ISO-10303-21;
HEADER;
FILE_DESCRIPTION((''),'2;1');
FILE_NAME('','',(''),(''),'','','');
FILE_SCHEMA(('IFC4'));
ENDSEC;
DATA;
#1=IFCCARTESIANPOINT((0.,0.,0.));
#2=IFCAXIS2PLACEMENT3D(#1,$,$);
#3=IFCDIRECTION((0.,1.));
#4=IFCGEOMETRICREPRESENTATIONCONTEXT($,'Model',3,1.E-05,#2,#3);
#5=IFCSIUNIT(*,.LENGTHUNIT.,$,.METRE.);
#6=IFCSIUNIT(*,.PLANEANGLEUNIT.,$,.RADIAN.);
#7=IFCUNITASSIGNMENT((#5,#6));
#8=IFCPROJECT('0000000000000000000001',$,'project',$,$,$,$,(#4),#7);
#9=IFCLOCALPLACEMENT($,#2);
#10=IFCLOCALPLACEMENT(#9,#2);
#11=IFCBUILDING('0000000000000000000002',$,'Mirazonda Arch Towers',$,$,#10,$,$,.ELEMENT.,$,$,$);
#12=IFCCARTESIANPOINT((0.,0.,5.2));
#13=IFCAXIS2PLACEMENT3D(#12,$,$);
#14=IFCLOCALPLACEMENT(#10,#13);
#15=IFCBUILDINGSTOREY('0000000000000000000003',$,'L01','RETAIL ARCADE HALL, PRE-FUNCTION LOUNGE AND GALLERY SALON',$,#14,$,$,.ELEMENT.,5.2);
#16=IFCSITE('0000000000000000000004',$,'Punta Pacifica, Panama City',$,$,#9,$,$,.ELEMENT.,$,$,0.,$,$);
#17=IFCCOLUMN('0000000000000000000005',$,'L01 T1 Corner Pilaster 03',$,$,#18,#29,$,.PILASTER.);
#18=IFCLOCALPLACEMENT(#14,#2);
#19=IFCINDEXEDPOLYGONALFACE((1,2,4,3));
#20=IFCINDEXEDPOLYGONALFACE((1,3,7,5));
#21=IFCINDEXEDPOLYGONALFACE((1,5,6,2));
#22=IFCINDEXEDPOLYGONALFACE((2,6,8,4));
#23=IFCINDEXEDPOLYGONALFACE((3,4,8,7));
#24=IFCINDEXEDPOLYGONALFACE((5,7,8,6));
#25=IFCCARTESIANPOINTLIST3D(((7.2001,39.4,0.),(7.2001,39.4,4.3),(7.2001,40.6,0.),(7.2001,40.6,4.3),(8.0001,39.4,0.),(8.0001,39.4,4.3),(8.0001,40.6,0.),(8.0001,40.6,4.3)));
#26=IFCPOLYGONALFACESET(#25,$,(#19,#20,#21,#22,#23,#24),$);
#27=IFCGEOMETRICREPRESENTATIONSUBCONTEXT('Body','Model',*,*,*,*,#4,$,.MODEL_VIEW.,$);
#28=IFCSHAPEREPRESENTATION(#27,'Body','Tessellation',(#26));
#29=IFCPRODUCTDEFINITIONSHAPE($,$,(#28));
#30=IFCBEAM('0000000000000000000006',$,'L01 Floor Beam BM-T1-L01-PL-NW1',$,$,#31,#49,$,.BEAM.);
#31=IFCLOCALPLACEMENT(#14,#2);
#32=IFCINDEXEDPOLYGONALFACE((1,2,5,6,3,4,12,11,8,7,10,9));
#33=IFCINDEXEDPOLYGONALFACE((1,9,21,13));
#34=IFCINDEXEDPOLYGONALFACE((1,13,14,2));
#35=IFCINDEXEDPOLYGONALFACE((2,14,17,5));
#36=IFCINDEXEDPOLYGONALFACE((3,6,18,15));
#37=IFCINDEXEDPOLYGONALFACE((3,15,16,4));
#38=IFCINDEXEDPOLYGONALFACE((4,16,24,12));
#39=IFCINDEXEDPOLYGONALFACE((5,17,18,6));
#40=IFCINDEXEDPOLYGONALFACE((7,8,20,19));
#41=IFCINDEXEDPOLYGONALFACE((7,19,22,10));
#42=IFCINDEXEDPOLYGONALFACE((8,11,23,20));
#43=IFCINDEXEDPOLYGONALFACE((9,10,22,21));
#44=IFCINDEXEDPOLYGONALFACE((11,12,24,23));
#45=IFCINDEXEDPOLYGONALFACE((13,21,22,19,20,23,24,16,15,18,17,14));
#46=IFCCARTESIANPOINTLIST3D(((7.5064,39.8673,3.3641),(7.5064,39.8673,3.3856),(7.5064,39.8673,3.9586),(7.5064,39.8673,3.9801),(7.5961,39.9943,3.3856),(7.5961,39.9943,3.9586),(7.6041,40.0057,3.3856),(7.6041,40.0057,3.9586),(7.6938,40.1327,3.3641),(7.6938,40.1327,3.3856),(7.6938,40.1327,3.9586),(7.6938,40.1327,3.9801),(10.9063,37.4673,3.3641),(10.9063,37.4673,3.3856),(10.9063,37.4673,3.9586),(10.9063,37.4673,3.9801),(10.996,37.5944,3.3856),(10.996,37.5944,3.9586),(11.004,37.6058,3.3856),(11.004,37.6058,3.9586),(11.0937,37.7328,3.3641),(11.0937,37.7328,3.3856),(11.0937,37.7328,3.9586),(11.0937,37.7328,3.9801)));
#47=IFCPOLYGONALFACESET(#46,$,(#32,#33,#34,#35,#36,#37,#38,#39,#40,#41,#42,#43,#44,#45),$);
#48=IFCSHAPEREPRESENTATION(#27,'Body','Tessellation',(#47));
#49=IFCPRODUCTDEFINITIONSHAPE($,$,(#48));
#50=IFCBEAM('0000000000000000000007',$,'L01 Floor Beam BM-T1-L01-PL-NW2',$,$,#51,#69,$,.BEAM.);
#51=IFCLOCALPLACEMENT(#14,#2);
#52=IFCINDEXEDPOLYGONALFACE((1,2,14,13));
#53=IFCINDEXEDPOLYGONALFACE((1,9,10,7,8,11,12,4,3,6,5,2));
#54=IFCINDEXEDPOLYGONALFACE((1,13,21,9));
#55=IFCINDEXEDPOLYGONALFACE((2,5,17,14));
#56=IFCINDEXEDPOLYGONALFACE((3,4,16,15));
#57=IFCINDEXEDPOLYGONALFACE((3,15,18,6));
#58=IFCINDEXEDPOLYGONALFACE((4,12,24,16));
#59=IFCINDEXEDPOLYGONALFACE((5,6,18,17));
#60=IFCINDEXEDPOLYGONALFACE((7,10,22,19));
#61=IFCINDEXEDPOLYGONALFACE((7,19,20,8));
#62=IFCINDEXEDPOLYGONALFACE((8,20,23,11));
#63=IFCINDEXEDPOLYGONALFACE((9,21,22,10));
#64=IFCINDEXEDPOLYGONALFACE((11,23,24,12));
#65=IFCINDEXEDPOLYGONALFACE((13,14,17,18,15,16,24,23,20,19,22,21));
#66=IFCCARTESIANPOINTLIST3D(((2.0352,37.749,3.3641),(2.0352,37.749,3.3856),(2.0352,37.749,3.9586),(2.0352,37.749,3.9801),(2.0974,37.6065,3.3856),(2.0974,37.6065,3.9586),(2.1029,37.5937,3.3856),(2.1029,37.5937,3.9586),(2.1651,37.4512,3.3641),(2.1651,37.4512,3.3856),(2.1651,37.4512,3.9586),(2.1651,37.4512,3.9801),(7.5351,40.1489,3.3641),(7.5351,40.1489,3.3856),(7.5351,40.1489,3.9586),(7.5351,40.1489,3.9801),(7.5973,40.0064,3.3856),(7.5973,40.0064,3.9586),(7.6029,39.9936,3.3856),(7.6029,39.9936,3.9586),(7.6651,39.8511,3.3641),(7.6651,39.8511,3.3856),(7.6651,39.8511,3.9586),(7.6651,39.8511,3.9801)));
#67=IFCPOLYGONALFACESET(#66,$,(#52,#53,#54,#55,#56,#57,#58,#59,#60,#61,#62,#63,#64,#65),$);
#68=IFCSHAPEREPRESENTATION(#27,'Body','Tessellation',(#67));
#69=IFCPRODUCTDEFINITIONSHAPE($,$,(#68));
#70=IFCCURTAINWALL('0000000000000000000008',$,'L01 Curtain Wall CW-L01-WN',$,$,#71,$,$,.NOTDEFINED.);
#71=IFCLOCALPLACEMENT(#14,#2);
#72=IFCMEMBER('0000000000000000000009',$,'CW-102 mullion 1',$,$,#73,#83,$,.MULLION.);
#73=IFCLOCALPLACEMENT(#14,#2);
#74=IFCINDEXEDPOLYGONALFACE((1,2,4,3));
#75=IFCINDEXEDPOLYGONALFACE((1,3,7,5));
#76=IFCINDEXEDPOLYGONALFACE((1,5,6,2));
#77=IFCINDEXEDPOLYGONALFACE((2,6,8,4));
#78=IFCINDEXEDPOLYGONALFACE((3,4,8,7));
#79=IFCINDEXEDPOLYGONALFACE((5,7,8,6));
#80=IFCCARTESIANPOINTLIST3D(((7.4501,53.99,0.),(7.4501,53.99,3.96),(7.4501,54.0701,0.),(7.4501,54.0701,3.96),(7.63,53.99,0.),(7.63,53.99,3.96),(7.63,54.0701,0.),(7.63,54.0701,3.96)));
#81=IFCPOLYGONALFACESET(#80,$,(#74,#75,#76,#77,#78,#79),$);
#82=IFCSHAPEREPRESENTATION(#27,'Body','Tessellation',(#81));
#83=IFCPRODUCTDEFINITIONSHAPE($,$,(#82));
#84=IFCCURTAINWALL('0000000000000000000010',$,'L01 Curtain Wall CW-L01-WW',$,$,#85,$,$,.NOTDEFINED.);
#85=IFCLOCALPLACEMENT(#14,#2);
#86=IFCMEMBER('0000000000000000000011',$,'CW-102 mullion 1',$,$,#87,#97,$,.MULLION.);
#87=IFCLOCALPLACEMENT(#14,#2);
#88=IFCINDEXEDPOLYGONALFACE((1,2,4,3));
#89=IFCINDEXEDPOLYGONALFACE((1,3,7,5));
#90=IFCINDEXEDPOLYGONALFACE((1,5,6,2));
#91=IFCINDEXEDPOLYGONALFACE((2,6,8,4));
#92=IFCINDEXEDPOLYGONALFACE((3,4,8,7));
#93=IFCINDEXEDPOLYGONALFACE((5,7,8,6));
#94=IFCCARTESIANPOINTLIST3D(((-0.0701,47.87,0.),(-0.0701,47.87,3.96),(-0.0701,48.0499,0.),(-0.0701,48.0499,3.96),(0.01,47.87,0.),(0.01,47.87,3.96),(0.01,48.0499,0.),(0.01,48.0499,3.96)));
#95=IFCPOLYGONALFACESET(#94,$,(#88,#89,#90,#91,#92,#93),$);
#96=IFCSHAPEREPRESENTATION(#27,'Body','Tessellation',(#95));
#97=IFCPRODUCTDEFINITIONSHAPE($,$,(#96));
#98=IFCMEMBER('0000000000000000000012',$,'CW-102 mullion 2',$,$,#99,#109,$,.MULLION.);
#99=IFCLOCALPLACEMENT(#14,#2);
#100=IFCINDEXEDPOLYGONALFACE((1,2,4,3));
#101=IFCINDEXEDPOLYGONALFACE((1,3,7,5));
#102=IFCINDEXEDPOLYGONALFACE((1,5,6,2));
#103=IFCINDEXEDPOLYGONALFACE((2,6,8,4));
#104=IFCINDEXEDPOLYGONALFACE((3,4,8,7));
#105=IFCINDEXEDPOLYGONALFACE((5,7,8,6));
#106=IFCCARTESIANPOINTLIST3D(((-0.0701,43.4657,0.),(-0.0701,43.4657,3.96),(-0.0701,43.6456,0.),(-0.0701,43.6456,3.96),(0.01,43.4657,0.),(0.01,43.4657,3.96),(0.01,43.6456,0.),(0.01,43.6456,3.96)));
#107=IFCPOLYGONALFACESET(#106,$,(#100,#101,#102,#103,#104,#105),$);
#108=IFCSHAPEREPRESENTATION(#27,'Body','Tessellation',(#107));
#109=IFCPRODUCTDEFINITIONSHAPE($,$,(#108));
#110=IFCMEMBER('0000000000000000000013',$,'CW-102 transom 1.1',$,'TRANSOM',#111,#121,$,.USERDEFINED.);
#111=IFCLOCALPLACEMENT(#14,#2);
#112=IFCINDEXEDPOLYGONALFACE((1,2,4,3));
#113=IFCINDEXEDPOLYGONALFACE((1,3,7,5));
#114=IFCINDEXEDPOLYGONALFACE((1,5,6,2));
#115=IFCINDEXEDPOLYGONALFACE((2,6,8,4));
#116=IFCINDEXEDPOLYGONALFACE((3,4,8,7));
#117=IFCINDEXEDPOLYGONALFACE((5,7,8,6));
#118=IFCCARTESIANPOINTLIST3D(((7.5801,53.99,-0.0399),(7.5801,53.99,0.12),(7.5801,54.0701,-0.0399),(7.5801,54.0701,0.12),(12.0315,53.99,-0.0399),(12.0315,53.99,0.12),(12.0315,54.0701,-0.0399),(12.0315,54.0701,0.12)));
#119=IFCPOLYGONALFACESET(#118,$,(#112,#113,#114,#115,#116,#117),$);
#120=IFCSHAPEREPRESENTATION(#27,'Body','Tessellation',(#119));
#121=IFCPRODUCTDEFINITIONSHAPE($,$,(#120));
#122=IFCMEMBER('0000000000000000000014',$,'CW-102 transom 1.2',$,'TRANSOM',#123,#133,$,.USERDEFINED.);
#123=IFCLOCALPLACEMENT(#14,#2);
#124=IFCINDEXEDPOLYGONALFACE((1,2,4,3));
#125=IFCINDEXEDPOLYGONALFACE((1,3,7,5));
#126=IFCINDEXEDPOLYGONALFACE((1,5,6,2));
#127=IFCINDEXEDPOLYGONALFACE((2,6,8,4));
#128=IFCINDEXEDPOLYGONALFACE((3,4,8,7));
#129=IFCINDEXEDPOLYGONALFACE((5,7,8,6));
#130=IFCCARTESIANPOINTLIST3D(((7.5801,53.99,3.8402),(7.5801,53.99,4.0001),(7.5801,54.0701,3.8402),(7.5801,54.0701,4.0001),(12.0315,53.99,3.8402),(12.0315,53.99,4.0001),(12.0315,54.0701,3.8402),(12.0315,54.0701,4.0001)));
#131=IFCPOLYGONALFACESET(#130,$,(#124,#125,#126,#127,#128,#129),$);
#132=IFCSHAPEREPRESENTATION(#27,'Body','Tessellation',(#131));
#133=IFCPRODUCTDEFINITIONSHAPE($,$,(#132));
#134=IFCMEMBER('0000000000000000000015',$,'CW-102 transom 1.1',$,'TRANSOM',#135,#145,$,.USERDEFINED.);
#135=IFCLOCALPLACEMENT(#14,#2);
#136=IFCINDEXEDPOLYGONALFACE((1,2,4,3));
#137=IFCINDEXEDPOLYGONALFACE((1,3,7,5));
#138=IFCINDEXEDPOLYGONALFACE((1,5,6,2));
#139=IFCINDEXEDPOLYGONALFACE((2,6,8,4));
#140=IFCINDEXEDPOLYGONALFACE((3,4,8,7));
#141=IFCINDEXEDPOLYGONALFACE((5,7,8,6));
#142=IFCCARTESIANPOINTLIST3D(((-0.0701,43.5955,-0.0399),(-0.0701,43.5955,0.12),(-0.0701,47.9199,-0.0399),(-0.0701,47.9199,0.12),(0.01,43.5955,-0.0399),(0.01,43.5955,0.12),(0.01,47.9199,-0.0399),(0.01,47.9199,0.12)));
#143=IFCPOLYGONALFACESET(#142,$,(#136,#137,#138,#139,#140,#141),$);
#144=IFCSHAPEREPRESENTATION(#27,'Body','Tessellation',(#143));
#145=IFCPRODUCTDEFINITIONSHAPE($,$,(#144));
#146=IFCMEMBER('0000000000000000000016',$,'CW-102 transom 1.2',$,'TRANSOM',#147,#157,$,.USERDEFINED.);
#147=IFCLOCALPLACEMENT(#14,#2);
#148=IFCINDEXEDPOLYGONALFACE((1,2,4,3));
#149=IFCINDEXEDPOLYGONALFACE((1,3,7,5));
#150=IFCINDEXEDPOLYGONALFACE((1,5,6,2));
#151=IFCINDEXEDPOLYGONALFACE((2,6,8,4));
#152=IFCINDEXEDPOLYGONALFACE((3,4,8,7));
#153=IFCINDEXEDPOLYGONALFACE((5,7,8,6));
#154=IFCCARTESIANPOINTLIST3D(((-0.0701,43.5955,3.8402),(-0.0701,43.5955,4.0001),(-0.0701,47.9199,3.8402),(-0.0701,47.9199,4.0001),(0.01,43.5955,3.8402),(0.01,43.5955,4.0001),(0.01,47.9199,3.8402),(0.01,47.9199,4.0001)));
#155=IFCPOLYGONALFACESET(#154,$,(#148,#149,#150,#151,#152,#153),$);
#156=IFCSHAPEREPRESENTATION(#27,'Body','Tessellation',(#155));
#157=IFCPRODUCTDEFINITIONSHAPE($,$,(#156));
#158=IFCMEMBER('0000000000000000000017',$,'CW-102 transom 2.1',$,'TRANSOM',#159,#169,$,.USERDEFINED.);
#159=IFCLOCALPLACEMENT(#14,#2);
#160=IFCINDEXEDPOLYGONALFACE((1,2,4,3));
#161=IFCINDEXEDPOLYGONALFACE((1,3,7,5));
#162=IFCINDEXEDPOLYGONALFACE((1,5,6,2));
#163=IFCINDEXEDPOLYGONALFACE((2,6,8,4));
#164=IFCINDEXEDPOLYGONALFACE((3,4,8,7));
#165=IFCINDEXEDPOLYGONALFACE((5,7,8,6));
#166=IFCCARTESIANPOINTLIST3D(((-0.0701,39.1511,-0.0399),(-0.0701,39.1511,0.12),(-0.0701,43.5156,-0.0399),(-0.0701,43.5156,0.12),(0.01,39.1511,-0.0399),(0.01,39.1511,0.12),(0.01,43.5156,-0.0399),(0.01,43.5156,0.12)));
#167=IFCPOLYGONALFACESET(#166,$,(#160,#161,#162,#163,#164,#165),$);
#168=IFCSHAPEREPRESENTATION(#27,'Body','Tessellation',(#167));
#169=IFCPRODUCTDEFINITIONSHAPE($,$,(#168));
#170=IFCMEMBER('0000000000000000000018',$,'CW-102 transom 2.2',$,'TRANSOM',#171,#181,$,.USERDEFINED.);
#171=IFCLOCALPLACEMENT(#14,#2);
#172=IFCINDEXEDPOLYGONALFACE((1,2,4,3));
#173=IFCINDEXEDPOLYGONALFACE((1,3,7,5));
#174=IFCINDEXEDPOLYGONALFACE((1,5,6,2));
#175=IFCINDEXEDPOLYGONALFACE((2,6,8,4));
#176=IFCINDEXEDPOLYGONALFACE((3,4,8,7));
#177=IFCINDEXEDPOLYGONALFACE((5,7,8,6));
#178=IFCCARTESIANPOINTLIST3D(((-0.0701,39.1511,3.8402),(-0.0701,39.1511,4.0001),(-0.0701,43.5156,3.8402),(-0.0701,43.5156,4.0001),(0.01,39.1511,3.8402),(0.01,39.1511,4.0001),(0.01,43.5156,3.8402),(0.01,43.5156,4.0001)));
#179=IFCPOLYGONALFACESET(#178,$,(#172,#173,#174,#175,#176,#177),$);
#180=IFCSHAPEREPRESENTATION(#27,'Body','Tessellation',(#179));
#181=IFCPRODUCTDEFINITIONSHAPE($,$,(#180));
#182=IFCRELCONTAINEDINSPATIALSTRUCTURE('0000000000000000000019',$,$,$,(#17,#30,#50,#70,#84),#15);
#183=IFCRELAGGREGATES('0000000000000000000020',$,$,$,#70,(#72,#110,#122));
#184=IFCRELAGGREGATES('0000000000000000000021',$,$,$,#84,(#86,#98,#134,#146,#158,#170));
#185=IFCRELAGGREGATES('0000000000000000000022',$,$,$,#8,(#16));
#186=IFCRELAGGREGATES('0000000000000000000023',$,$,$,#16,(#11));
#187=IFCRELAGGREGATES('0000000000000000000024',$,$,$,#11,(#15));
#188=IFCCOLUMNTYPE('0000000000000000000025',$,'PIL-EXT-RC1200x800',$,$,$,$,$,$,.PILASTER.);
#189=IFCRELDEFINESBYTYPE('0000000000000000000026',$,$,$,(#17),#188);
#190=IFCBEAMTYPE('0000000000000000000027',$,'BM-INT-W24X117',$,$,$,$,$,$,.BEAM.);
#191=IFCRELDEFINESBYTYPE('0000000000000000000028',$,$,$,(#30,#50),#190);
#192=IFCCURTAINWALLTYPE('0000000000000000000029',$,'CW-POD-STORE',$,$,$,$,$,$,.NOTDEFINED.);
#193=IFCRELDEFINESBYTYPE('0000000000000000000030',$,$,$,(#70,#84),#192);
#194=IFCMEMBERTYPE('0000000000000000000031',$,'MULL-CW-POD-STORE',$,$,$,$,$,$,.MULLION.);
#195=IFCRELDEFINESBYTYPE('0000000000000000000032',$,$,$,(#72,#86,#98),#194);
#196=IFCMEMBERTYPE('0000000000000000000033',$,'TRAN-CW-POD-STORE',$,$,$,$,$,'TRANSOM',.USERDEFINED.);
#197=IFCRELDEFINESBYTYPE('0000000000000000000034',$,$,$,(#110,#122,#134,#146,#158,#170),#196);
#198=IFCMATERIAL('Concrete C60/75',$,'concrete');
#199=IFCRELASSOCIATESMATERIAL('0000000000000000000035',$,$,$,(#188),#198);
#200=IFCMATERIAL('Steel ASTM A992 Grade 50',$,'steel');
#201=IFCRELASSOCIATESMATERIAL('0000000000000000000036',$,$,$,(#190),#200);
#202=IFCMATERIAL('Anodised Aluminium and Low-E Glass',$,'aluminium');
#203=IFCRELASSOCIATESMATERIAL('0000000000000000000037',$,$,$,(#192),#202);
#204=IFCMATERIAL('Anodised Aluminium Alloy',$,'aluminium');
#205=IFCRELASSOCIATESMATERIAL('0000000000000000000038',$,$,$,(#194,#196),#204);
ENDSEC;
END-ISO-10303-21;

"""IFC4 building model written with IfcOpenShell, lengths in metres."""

from ifc_helpers import new_model, si_unit, direction, frame, origin, origin_2d, place, context, subcontext, project, spatial, rectangle, i_section, extrude, material, material_profile, profile_set, type_object, element, aggregate, save


model = new_model("IFC4")

# Units and contexts
model_context = context("Model", 3, precision=1e-05, world=origin(), true_north=direction((0.0, 1.0)))
body_context = subcontext(model_context, "Body", "Model", "MODEL_VIEW")
ifc_project = project(units=[si_unit("LENGTHUNIT", "METRE"), si_unit("PLANEANGLEUNIT", "RADIAN")], contexts=[model_context])

# Site, building, storey
site_placement = place(None, origin())
site = spatial("IfcSite", under=ifc_project, at=site_placement, Name="Punta Pacifica, Panama City", CompositionType="ELEMENT", RefElevation=0.0)
building_placement = place(site_placement, origin())
building = spatial("IfcBuilding", under=site, at=building_placement, Name="Mirazonda Arch Towers", CompositionType="ELEMENT")
storey_placement = place(building_placement, frame((0.0, 0.0, 5.2)))
storey = spatial("IfcBuildingStorey", under=building, at=storey_placement, Name="L01", Description="RETAIL ARCADE HALL, PRE-FUNCTION LOUNGE AND GALLERY SALON", CompositionType="ELEMENT", Elevation=5.2)

# Column
ifc_material_1 = material(Name="Concrete C60/75", Category="concrete")
ifc_material_profile_1 = material_profile(ifc_material_1, rectangle(XDim=0.8, YDim=1.2, at=origin_2d()), Name="RC1200x800")
ifc_profile_set_1 = profile_set([ifc_material_profile_1], Name="Concrete C60/75")
column_type = type_object("IfcColumnType", Name="PIL-EXT-RC1200x800", PredefinedType="PILASTER", material=ifc_profile_set_1)
column_placement = place(storey_placement, frame((7.6001, 40.0, 0.0), z_axis=(0.0, 0.0, 1.0), x_axis=(1.0, 0.0, 0.0)))
element("IfcColumn", 1, at=column_placement, inside=storey, type_object=column_type, Name="L01 T1 Corner Pilaster 03", PredefinedType="PILASTER", context=body_context, shape_type="SweptSolid", body=[
    extrude(rectangle(XDim=0.8, YDim=1.2, at=origin_2d()), origin(), (0.0, 0.0, 1.0), 4.3),
])

# Beams
ifc_material_2 = material(Name="Steel ASTM A992 Grade 50", Category="steel")
ifc_material_profile_2 = material_profile(ifc_material_2, i_section(OverallWidth=0.325, OverallDepth=0.616, WebThickness=0.0139, FlangeThickness=0.0215, at=origin_2d()), Name="W24X117")
ifc_profile_set_2 = profile_set([ifc_material_profile_2], Name="Steel ASTM A992 Grade 50")
beam_type = type_object("IfcBeamType", Name="BM-INT-W24X117", PredefinedType="BEAM", material=ifc_profile_set_2)
beam_1_placement = place(storey_placement, frame((7.6001, 40.0, 3.6721), z_axis=(0.816971, -0.576679, 0.0), x_axis=(0.576679, 0.816971, 0.0)))
element("IfcBeam", 2, at=beam_1_placement, inside=storey, type_object=beam_type, Name="L01 Floor Beam BM-T1-L01-PL-NW1", PredefinedType="BEAM", context=body_context, shape_type="SweptSolid", body=[
    extrude(i_section(OverallWidth=0.325, OverallDepth=0.616, WebThickness=0.0139, FlangeThickness=0.0215, at=origin_2d()), origin(), (0.0, 0.0, 1.0), 4.1616),
])
beam_2_placement = place(storey_placement, frame((7.6001, 40.0, 3.6721), z_axis=(-0.916545, -0.399931, 0.0), x_axis=(0.399931, -0.916545, 0.0)))
element("IfcBeam", 3, at=beam_2_placement, inside=storey, type_object=beam_type, Name="L01 Floor Beam BM-T1-L01-PL-NW2", PredefinedType="BEAM", context=body_context, shape_type="SweptSolid", body=[
    extrude(i_section(OverallWidth=0.325, OverallDepth=0.616, WebThickness=0.0139, FlangeThickness=0.0215, at=origin_2d()), origin(), (0.0, 0.0, 1.0), 6.0007),
])

# Curtain wall, member
ifc_material_3 = material(Name="Anodised Aluminium and Low-E Glass", Category="aluminium")
curtain_wall_type = type_object("IfcCurtainWallType", Name="CW-POD-STORE", PredefinedType="NOTDEFINED", material=ifc_material_3)
curtain_wall_1_placement = place(storey_placement, origin())
curtain_wall_1 = element("IfcCurtainWall", 4, at=curtain_wall_1_placement, inside=storey, type_object=curtain_wall_type, Name="L01 Curtain Wall CW-L01-WN", PredefinedType="NOTDEFINED")
ifc_material_4 = material(Name="Anodised Aluminium Alloy", Category="aluminium")
ifc_material_profile_3 = material_profile(ifc_material_4, rectangle(XDim=0.0801, YDim=0.1799, at=origin_2d()), Name="ALU-MULL-80x180")
ifc_profile_set_3 = profile_set([ifc_material_profile_3], Name="Anodised Aluminium Alloy")
member_type_1 = type_object("IfcMemberType", Name="MULL-CW-POD-STORE", PredefinedType="MULLION", material=ifc_profile_set_3)
member_1_placement = place(storey_placement, frame((7.54, 54.03, 0.0), z_axis=(0.0, 0.0, 1.0), x_axis=(0.0, 1.0, 0.0)))
member_1 = element("IfcMember", 5, at=member_1_placement, type_object=member_type_1, Name="CW-102 mullion 1", PredefinedType="MULLION", context=body_context, shape_type="SweptSolid", body=[
    extrude(rectangle(XDim=0.0801, YDim=0.1799, at=origin_2d()), origin(), (0.0, 0.0, 1.0), 3.96),
])

# Curtain wall, members
curtain_wall_2_placement = place(storey_placement, origin())
curtain_wall_2 = element("IfcCurtainWall", 6, at=curtain_wall_2_placement, inside=storey, type_object=curtain_wall_type, Name="L01 Curtain Wall CW-L01-WW", PredefinedType="NOTDEFINED")
member_2_placement = place(storey_placement, frame((-0.03, 47.96, 0.0), z_axis=(0.0, 0.0, 1.0), x_axis=(1.0, 0.0, 0.0)))
member_2 = element("IfcMember", 7, at=member_2_placement, type_object=member_type_1, Name="CW-102 mullion 1", PredefinedType="MULLION", context=body_context, shape_type="SweptSolid", body=[
    extrude(rectangle(XDim=0.0801, YDim=0.1799, at=origin_2d()), origin(), (0.0, 0.0, 1.0), 3.96),
])
member_3_placement = place(storey_placement, frame((-0.03, 43.5557, 0.0), z_axis=(0.0, 0.0, 1.0), x_axis=(1.0, 0.0, 0.0)))
member_3 = element("IfcMember", 8, at=member_3_placement, type_object=member_type_1, Name="CW-102 mullion 2", PredefinedType="MULLION", context=body_context, shape_type="SweptSolid", body=[
    extrude(rectangle(XDim=0.0801, YDim=0.1799, at=origin_2d()), origin(), (0.0, 0.0, 1.0), 3.96),
])

# Members
ifc_material_profile_4 = material_profile(ifc_material_4, rectangle(XDim=0.0801, YDim=0.1599, at=origin_2d()), Name="ALU-TRAN-80x160")
ifc_profile_set_4 = profile_set([ifc_material_profile_4], Name="Anodised Aluminium Alloy")
member_type_2 = type_object("IfcMemberType", Name="TRAN-CW-POD-STORE", ElementType="TRANSOM", PredefinedType="USERDEFINED", material=ifc_profile_set_4)
member_4_placement = place(storey_placement, frame((7.5801, 54.03, 0.04), z_axis=(1.0, 0.0, 0.0), x_axis=(0.0, 1.0, 0.0)))
member_4 = element("IfcMember", 9, at=member_4_placement, type_object=member_type_2, Name="CW-102 transom 1.1", ObjectType="TRANSOM", PredefinedType="USERDEFINED", context=body_context, shape_type="SweptSolid", body=[
    extrude(rectangle(XDim=0.0801, YDim=0.1599, at=origin_2d()), origin(), (0.0, 0.0, 1.0), 4.4514),
])
member_5_placement = place(storey_placement, frame((7.5801, 54.03, 3.9202), z_axis=(1.0, 0.0, 0.0), x_axis=(0.0, 1.0, 0.0)))
member_5 = element("IfcMember", 10, at=member_5_placement, type_object=member_type_2, Name="CW-102 transom 1.2", ObjectType="TRANSOM", PredefinedType="USERDEFINED", context=body_context, shape_type="SweptSolid", body=[
    extrude(rectangle(XDim=0.0801, YDim=0.1599, at=origin_2d()), origin(), (0.0, 0.0, 1.0), 4.4514),
])
member_6_placement = place(storey_placement, frame((-0.03, 47.9199, 0.04), z_axis=(0.0, -1.0, 0.0), x_axis=(1.0, 0.0, 0.0)))
member_6 = element("IfcMember", 11, at=member_6_placement, type_object=member_type_2, Name="CW-102 transom 1.1", ObjectType="TRANSOM", PredefinedType="USERDEFINED", context=body_context, shape_type="SweptSolid", body=[
    extrude(rectangle(XDim=0.0801, YDim=0.1599, at=origin_2d()), origin(), (0.0, 0.0, 1.0), 4.3245),
])
member_7_placement = place(storey_placement, frame((-0.03, 47.9199, 3.9202), z_axis=(0.0, -1.0, 0.0), x_axis=(1.0, 0.0, 0.0)))
member_7 = element("IfcMember", 12, at=member_7_placement, type_object=member_type_2, Name="CW-102 transom 1.2", ObjectType="TRANSOM", PredefinedType="USERDEFINED", context=body_context, shape_type="SweptSolid", body=[
    extrude(rectangle(XDim=0.0801, YDim=0.1599, at=origin_2d()), origin(), (0.0, 0.0, 1.0), 4.3245),
])
member_8_placement = place(storey_placement, frame((-0.03, 43.5156, 0.04), z_axis=(0.0, -1.0, 0.0), x_axis=(1.0, 0.0, 0.0)))
member_8 = element("IfcMember", 13, at=member_8_placement, type_object=member_type_2, Name="CW-102 transom 2.1", ObjectType="TRANSOM", PredefinedType="USERDEFINED", context=body_context, shape_type="SweptSolid", body=[
    extrude(rectangle(XDim=0.0801, YDim=0.1599, at=origin_2d()), origin(), (0.0, 0.0, 1.0), 4.3645),
])
member_9_placement = place(storey_placement, frame((-0.03, 43.5156, 3.9202), z_axis=(0.0, -1.0, 0.0), x_axis=(1.0, 0.0, 0.0)))
member_9 = element("IfcMember", 14, at=member_9_placement, type_object=member_type_2, Name="CW-102 transom 2.2", ObjectType="TRANSOM", PredefinedType="USERDEFINED", context=body_context, shape_type="SweptSolid", body=[
    extrude(rectangle(XDim=0.0801, YDim=0.1599, at=origin_2d()), origin(), (0.0, 0.0, 1.0), 4.3645),
])

aggregate(curtain_wall_1, [member_1, member_4, member_5])
aggregate(curtain_wall_2, [member_2, member_3, member_6, member_7, member_8, member_9])

save(model, "model.ifc")
